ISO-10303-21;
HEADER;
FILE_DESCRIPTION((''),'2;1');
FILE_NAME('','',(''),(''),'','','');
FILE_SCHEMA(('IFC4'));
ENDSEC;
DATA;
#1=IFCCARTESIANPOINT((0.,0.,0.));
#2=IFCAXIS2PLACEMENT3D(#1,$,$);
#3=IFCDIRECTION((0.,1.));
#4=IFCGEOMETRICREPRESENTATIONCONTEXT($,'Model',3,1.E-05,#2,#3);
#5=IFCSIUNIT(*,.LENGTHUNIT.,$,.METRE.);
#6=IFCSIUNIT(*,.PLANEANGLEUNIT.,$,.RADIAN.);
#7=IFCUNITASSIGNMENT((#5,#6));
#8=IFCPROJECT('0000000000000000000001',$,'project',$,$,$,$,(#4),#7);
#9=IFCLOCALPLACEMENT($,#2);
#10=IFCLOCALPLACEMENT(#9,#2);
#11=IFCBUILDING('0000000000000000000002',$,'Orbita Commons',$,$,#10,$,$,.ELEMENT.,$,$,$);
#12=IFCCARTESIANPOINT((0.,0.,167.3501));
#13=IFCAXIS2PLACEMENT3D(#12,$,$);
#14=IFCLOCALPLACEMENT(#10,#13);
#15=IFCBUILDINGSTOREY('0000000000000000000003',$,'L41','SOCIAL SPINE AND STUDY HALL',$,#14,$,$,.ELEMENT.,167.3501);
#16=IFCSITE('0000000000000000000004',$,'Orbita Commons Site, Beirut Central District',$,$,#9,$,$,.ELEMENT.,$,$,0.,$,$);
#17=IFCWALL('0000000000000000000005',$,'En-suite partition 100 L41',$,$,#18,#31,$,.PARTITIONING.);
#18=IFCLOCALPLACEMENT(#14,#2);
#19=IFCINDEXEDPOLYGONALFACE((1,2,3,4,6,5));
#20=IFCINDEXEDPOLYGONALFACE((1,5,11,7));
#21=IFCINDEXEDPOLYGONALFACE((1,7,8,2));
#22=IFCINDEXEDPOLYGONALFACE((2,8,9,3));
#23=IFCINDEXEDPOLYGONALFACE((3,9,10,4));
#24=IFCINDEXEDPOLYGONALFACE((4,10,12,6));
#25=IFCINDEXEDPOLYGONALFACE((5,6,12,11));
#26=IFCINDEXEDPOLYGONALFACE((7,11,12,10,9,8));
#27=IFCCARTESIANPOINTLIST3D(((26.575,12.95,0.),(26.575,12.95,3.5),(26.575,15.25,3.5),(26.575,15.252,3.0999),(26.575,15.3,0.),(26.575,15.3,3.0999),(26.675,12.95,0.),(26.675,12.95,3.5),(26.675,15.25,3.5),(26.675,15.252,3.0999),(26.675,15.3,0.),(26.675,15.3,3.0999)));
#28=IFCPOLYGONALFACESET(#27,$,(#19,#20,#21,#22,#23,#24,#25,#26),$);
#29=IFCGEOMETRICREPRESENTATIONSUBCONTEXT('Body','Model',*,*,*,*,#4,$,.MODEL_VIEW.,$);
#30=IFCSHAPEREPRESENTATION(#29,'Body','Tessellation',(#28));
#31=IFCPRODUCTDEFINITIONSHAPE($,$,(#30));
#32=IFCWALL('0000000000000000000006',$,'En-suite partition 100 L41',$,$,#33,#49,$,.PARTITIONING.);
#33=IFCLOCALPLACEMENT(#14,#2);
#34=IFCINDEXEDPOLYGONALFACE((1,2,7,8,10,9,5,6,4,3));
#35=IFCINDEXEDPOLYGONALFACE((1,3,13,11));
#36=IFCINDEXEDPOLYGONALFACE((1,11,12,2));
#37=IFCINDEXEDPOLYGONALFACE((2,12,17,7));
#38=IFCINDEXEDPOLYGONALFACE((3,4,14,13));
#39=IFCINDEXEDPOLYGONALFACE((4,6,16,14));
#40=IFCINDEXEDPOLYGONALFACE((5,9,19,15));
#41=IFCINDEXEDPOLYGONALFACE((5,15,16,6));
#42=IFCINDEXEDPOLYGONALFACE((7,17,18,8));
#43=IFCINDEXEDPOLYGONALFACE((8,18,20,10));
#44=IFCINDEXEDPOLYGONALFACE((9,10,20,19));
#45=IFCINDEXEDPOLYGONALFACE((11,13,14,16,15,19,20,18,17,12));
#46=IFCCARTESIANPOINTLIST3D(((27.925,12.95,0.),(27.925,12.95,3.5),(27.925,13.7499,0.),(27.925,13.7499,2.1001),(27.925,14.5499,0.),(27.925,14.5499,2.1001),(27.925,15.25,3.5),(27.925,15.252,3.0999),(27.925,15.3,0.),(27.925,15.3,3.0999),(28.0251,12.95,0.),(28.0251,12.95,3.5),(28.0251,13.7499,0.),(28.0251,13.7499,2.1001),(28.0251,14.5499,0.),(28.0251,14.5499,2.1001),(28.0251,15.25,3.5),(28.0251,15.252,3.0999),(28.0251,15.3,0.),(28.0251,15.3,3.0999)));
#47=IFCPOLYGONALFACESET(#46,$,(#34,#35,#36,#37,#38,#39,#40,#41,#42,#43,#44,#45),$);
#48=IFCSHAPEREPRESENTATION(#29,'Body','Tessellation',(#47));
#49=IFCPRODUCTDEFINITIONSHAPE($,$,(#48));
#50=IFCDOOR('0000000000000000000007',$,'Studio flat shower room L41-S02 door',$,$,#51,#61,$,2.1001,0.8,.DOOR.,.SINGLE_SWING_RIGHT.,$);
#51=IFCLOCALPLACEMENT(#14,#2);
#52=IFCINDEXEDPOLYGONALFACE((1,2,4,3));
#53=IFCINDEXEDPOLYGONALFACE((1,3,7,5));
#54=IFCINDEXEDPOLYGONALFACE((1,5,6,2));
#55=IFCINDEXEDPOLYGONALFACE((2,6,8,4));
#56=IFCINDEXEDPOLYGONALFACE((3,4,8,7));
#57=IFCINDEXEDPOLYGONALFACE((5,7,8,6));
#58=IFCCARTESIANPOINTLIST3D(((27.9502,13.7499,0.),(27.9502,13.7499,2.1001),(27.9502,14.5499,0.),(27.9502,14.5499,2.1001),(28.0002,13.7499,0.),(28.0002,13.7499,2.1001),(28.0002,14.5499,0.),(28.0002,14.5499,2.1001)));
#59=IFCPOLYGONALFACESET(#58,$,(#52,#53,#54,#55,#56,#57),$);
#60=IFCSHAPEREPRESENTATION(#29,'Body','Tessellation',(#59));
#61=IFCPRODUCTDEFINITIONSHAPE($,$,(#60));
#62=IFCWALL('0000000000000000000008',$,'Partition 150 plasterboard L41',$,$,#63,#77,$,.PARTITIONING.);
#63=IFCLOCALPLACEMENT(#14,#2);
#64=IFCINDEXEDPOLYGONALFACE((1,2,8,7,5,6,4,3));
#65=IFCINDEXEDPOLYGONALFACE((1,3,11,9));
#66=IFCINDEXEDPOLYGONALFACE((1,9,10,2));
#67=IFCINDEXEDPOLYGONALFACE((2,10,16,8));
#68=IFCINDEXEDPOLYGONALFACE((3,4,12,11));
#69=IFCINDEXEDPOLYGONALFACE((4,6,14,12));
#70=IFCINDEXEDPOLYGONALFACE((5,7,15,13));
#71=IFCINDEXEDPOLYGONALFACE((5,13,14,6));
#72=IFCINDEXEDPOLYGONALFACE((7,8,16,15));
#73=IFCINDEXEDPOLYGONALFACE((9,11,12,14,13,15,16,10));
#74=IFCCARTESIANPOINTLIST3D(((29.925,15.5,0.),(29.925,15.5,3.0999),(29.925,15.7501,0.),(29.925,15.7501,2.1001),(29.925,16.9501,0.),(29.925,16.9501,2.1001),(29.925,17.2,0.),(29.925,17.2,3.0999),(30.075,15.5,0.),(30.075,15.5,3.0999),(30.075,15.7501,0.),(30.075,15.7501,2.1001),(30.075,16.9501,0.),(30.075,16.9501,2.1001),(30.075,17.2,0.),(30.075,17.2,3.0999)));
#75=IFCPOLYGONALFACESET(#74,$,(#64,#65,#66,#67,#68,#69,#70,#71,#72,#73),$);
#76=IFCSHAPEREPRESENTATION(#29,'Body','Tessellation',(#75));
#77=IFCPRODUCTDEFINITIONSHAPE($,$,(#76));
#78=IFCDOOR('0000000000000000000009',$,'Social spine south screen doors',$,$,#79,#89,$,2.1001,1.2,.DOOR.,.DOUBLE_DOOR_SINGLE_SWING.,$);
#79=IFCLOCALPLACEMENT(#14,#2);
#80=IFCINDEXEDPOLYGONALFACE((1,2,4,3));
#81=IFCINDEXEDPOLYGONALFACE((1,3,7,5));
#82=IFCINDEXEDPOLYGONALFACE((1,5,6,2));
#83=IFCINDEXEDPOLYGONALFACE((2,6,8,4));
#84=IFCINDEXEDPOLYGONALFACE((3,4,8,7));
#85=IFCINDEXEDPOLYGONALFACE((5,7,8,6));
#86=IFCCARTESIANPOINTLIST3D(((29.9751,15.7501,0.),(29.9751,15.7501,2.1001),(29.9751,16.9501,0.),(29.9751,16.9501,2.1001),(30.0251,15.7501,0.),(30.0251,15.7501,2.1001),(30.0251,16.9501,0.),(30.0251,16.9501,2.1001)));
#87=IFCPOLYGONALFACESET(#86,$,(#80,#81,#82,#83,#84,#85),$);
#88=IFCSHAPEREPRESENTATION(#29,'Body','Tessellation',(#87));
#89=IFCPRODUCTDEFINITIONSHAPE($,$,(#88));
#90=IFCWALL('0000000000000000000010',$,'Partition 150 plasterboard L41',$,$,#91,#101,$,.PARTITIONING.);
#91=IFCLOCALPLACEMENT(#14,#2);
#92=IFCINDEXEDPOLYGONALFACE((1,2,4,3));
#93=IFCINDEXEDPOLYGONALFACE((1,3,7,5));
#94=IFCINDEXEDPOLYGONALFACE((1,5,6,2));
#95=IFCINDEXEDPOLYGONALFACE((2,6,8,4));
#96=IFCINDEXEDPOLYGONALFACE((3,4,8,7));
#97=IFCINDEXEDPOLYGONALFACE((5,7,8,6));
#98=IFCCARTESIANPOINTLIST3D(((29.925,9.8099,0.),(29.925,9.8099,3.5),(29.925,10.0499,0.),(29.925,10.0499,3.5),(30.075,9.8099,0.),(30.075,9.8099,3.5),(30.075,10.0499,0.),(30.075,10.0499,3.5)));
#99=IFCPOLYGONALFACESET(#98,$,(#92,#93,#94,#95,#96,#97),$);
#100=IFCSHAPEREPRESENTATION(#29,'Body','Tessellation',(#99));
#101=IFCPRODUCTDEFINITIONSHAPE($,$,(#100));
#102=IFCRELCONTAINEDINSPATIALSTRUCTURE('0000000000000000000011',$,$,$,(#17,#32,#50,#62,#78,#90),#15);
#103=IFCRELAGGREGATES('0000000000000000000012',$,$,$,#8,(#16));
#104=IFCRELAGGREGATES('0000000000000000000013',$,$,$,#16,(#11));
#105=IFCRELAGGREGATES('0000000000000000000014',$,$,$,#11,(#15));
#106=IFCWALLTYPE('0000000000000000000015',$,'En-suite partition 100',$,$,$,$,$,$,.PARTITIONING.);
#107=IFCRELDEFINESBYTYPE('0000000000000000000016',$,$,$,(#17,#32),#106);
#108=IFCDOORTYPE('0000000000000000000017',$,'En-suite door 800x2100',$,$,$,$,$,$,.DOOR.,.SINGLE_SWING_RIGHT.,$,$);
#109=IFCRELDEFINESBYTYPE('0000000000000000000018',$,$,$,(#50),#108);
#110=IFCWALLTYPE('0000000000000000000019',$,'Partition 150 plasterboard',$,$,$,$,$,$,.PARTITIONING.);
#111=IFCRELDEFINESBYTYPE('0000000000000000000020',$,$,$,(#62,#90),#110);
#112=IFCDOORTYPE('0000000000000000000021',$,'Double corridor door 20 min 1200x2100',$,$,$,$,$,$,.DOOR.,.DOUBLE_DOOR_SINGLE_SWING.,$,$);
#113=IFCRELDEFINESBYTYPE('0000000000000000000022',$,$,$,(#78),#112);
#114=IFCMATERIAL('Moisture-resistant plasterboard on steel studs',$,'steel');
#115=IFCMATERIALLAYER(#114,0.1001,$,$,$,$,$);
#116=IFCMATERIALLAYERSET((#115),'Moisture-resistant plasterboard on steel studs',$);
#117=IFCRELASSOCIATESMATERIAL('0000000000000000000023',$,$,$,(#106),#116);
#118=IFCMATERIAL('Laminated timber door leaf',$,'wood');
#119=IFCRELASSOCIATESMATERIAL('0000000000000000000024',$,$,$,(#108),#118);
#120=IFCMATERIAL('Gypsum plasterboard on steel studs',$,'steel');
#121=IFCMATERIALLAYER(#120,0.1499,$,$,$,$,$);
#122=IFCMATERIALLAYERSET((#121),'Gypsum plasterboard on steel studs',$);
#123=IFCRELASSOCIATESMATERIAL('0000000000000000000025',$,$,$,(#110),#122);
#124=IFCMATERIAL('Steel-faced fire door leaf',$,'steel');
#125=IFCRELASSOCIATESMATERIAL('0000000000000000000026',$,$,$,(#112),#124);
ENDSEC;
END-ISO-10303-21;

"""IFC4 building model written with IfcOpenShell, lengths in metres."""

from ifc_helpers import new_model, si_unit, direction, frame, frame_2d, origin, place, context, subcontext, project, spatial, polyline, rectangle, outline, extrude, material, layer, layer_set, type_object, element, fill, save


model = new_model("IFC4")

# Units and contexts
model_context = context("Model", 3, precision=1e-05, world=origin(), true_north=direction((0.0, 1.0)))
body_context = subcontext(model_context, "Body", "Model", "MODEL_VIEW")
ifc_project = project(units=[si_unit("LENGTHUNIT", "METRE"), si_unit("PLANEANGLEUNIT", "RADIAN")], contexts=[model_context])

# Site, building, storey
site_placement = place(None, origin())
site = spatial("IfcSite", under=ifc_project, at=site_placement, Name="Orbita Commons Site, Beirut Central District", CompositionType="ELEMENT", RefElevation=0.0)
building_placement = place(site_placement, origin())
building = spatial("IfcBuilding", under=site, at=building_placement, Name="Orbita Commons", CompositionType="ELEMENT")
storey_placement = place(building_placement, frame((0.0, 0.0, 167.3501)))
storey = spatial("IfcBuildingStorey", under=building, at=storey_placement, Name="L41", Description="SOCIAL SPINE AND STUDY HALL", CompositionType="ELEMENT", Elevation=167.3501)

# Shared definitions
ifc_material_1 = material(Name="Moisture-resistant plasterboard on steel studs", Category="steel")
ifc_layer_1 = layer(ifc_material_1, 0.1001)
ifc_layer_set_1 = layer_set([ifc_layer_1], Name="Moisture-resistant plasterboard on steel studs")
wall_type_1 = type_object("IfcWallType", Name="En-suite partition 100", PredefinedType="PARTITIONING", material=ifc_layer_set_1)
ifc_material_2 = material(Name="Laminated timber door leaf", Category="wood")
door_type_1 = type_object("IfcDoorType", Name="En-suite door 800x2100", OperationType="SINGLE_SWING_RIGHT", PredefinedType="DOOR", material=ifc_material_2)

# Wall
wall_1_placement = place(storey_placement, frame((26.625, 12.95, 0.0), z_axis=(0.0, 0.0, 1.0), x_axis=(0.0, 1.0, 0.0)))
element("IfcWall", 1, at=wall_1_placement, inside=storey, type_object=wall_type_1, Name="En-suite partition 100 L41", PredefinedType="PARTITIONING", context=body_context, shape_type="SweptSolid", body=[
    extrude(outline(polyline([(0.0, 0.0), (2.3501, 0.0), (2.3501, 3.0999), (2.302, 3.0999), (2.3, 3.5), (0.0, 3.5), (0.0, 0.0)])), frame((0.0, 0.05, 0.0), z_axis=(0.0, -1.0, 0.0), x_axis=(1.0, 0.0, 0.0)), (0.0, 0.0, 1.0), 0.1001),
])

# Walls, openings, doors
wall_2_placement = place(storey_placement, frame((27.9751, 12.95, 0.0), z_axis=(0.0, 0.0, 1.0), x_axis=(0.0, 1.0, 0.0)))
wall_2 = element("IfcWall", 2, at=wall_2_placement, inside=storey, type_object=wall_type_1, Name="En-suite partition 100 L41", PredefinedType="PARTITIONING", context=body_context, shape_type="SweptSolid", body=[
    extrude(outline(polyline([(0.0, 0.0), (2.3501, 0.0), (2.3501, 3.0999), (2.302, 3.0999), (2.3, 3.5), (0.0, 3.5), (0.0, 0.0)])), frame((0.0, 0.05, 0.0), z_axis=(0.0, -1.0, 0.0), x_axis=(1.0, 0.0, 0.0)), (0.0, 0.0, 1.0), 0.1001),
])
opening_1_placement = place(wall_2_placement, frame((0.8, 0.0, 0.0)))
opening_1 = element("IfcOpeningElement", 3, at=opening_1_placement, cuts=wall_2, PredefinedType="OPENING", context=body_context, shape_type="SweptSolid", body=[
    extrude(rectangle(XDim=0.8, YDim=2.1001, at=frame_2d((0.3999, 1.05))), frame((0.0, 0.0601, 0.0), z_axis=(0.0, -1.0, 0.0), x_axis=(1.0, 0.0, 0.0)), (0.0, 0.0, 1.0), 0.1201),
])
door_1_placement = place(opening_1_placement, origin())
door_1 = element("IfcDoor", 4, at=door_1_placement, inside=storey, type_object=door_type_1, Name="Studio flat shower room L41-S02 door", OperationType="SINGLE_SWING_RIGHT", OverallHeight=2.1001, OverallWidth=0.8, PredefinedType="DOOR", context=body_context, shape_type="SweptSolid", body=[
    extrude(rectangle(XDim=0.8, YDim=2.1001, at=frame_2d((0.3999, 1.05))), frame((0.0, 0.0249, 0.0), z_axis=(0.0, -1.0, 0.0), x_axis=(1.0, 0.0, 0.0)), (0.0, 0.0, 1.0), 0.05),
])
fill(opening_1, door_1)
ifc_material_3 = material(Name="Gypsum plasterboard on steel studs", Category="steel")
ifc_layer_2 = layer(ifc_material_3, 0.1499)
ifc_layer_set_2 = layer_set([ifc_layer_2], Name="Gypsum plasterboard on steel studs")
wall_type_2 = type_object("IfcWallType", Name="Partition 150 plasterboard", PredefinedType="PARTITIONING", material=ifc_layer_set_2)
wall_3_placement = place(storey_placement, frame((30.0, 15.5, 0.0), z_axis=(0.0, 0.0, 1.0), x_axis=(0.0, 1.0, 0.0)))
wall_3 = element("IfcWall", 5, at=wall_3_placement, inside=storey, type_object=wall_type_2, Name="Partition 150 plasterboard L41", PredefinedType="PARTITIONING", context=body_context, shape_type="SweptSolid", body=[
    extrude(outline(polyline([(0.0, 0.0), (1.7, 0.0), (1.7, 3.0999), (0.0, 3.0999), (0.0, 0.0)])), frame((0.0, 0.075, 0.0), z_axis=(0.0, -1.0, 0.0), x_axis=(1.0, 0.0, 0.0)), (0.0, 0.0, 1.0), 0.1499),
])
opening_2_placement = place(wall_3_placement, frame((0.25, 0.0, 0.0)))
opening_2 = element("IfcOpeningElement", 6, at=opening_2_placement, cuts=wall_3, PredefinedType="OPENING", context=body_context, shape_type="SweptSolid", body=[
    extrude(rectangle(XDim=1.2, YDim=2.1001, at=frame_2d((0.6001, 1.05))), frame((0.0, 0.085, 0.0), z_axis=(0.0, -1.0, 0.0), x_axis=(1.0, 0.0, 0.0)), (0.0, 0.0, 1.0), 0.1699),
])
ifc_material_4 = material(Name="Steel-faced fire door leaf", Category="steel")
door_type_2 = type_object("IfcDoorType", Name="Double corridor door 20 min 1200x2100", OperationType="DOUBLE_DOOR_SINGLE_SWING", PredefinedType="DOOR", material=ifc_material_4)
door_2_placement = place(opening_2_placement, origin())
door_2 = element("IfcDoor", 7, at=door_2_placement, inside=storey, type_object=door_type_2, Name="Social spine south screen doors", OperationType="DOUBLE_DOOR_SINGLE_SWING", OverallHeight=2.1001, OverallWidth=1.2, PredefinedType="DOOR", context=body_context, shape_type="SweptSolid", body=[
    extrude(rectangle(XDim=1.2, YDim=2.1001, at=frame_2d((0.6001, 1.05))), frame((0.0, 0.0249, 0.0), z_axis=(0.0, -1.0, 0.0), x_axis=(1.0, 0.0, 0.0)), (0.0, 0.0, 1.0), 0.05),
])
fill(opening_2, door_2)

# Wall
wall_4_placement = place(storey_placement, frame((30.0, 10.05, 0.0), z_axis=(0.0, 0.0, 1.0), x_axis=(0.0, -1.0, 0.0)))
element("IfcWall", 8, at=wall_4_placement, inside=storey, type_object=wall_type_2, Name="Partition 150 plasterboard L41", PredefinedType="PARTITIONING", context=body_context, shape_type="SweptSolid", body=[
    extrude(rectangle(XDim=0.24, YDim=0.1499, at=frame_2d((0.1201, 0.0))), origin(), (0.0, 0.0, 1.0), 3.5),
])

save(model, "model.ifc")
